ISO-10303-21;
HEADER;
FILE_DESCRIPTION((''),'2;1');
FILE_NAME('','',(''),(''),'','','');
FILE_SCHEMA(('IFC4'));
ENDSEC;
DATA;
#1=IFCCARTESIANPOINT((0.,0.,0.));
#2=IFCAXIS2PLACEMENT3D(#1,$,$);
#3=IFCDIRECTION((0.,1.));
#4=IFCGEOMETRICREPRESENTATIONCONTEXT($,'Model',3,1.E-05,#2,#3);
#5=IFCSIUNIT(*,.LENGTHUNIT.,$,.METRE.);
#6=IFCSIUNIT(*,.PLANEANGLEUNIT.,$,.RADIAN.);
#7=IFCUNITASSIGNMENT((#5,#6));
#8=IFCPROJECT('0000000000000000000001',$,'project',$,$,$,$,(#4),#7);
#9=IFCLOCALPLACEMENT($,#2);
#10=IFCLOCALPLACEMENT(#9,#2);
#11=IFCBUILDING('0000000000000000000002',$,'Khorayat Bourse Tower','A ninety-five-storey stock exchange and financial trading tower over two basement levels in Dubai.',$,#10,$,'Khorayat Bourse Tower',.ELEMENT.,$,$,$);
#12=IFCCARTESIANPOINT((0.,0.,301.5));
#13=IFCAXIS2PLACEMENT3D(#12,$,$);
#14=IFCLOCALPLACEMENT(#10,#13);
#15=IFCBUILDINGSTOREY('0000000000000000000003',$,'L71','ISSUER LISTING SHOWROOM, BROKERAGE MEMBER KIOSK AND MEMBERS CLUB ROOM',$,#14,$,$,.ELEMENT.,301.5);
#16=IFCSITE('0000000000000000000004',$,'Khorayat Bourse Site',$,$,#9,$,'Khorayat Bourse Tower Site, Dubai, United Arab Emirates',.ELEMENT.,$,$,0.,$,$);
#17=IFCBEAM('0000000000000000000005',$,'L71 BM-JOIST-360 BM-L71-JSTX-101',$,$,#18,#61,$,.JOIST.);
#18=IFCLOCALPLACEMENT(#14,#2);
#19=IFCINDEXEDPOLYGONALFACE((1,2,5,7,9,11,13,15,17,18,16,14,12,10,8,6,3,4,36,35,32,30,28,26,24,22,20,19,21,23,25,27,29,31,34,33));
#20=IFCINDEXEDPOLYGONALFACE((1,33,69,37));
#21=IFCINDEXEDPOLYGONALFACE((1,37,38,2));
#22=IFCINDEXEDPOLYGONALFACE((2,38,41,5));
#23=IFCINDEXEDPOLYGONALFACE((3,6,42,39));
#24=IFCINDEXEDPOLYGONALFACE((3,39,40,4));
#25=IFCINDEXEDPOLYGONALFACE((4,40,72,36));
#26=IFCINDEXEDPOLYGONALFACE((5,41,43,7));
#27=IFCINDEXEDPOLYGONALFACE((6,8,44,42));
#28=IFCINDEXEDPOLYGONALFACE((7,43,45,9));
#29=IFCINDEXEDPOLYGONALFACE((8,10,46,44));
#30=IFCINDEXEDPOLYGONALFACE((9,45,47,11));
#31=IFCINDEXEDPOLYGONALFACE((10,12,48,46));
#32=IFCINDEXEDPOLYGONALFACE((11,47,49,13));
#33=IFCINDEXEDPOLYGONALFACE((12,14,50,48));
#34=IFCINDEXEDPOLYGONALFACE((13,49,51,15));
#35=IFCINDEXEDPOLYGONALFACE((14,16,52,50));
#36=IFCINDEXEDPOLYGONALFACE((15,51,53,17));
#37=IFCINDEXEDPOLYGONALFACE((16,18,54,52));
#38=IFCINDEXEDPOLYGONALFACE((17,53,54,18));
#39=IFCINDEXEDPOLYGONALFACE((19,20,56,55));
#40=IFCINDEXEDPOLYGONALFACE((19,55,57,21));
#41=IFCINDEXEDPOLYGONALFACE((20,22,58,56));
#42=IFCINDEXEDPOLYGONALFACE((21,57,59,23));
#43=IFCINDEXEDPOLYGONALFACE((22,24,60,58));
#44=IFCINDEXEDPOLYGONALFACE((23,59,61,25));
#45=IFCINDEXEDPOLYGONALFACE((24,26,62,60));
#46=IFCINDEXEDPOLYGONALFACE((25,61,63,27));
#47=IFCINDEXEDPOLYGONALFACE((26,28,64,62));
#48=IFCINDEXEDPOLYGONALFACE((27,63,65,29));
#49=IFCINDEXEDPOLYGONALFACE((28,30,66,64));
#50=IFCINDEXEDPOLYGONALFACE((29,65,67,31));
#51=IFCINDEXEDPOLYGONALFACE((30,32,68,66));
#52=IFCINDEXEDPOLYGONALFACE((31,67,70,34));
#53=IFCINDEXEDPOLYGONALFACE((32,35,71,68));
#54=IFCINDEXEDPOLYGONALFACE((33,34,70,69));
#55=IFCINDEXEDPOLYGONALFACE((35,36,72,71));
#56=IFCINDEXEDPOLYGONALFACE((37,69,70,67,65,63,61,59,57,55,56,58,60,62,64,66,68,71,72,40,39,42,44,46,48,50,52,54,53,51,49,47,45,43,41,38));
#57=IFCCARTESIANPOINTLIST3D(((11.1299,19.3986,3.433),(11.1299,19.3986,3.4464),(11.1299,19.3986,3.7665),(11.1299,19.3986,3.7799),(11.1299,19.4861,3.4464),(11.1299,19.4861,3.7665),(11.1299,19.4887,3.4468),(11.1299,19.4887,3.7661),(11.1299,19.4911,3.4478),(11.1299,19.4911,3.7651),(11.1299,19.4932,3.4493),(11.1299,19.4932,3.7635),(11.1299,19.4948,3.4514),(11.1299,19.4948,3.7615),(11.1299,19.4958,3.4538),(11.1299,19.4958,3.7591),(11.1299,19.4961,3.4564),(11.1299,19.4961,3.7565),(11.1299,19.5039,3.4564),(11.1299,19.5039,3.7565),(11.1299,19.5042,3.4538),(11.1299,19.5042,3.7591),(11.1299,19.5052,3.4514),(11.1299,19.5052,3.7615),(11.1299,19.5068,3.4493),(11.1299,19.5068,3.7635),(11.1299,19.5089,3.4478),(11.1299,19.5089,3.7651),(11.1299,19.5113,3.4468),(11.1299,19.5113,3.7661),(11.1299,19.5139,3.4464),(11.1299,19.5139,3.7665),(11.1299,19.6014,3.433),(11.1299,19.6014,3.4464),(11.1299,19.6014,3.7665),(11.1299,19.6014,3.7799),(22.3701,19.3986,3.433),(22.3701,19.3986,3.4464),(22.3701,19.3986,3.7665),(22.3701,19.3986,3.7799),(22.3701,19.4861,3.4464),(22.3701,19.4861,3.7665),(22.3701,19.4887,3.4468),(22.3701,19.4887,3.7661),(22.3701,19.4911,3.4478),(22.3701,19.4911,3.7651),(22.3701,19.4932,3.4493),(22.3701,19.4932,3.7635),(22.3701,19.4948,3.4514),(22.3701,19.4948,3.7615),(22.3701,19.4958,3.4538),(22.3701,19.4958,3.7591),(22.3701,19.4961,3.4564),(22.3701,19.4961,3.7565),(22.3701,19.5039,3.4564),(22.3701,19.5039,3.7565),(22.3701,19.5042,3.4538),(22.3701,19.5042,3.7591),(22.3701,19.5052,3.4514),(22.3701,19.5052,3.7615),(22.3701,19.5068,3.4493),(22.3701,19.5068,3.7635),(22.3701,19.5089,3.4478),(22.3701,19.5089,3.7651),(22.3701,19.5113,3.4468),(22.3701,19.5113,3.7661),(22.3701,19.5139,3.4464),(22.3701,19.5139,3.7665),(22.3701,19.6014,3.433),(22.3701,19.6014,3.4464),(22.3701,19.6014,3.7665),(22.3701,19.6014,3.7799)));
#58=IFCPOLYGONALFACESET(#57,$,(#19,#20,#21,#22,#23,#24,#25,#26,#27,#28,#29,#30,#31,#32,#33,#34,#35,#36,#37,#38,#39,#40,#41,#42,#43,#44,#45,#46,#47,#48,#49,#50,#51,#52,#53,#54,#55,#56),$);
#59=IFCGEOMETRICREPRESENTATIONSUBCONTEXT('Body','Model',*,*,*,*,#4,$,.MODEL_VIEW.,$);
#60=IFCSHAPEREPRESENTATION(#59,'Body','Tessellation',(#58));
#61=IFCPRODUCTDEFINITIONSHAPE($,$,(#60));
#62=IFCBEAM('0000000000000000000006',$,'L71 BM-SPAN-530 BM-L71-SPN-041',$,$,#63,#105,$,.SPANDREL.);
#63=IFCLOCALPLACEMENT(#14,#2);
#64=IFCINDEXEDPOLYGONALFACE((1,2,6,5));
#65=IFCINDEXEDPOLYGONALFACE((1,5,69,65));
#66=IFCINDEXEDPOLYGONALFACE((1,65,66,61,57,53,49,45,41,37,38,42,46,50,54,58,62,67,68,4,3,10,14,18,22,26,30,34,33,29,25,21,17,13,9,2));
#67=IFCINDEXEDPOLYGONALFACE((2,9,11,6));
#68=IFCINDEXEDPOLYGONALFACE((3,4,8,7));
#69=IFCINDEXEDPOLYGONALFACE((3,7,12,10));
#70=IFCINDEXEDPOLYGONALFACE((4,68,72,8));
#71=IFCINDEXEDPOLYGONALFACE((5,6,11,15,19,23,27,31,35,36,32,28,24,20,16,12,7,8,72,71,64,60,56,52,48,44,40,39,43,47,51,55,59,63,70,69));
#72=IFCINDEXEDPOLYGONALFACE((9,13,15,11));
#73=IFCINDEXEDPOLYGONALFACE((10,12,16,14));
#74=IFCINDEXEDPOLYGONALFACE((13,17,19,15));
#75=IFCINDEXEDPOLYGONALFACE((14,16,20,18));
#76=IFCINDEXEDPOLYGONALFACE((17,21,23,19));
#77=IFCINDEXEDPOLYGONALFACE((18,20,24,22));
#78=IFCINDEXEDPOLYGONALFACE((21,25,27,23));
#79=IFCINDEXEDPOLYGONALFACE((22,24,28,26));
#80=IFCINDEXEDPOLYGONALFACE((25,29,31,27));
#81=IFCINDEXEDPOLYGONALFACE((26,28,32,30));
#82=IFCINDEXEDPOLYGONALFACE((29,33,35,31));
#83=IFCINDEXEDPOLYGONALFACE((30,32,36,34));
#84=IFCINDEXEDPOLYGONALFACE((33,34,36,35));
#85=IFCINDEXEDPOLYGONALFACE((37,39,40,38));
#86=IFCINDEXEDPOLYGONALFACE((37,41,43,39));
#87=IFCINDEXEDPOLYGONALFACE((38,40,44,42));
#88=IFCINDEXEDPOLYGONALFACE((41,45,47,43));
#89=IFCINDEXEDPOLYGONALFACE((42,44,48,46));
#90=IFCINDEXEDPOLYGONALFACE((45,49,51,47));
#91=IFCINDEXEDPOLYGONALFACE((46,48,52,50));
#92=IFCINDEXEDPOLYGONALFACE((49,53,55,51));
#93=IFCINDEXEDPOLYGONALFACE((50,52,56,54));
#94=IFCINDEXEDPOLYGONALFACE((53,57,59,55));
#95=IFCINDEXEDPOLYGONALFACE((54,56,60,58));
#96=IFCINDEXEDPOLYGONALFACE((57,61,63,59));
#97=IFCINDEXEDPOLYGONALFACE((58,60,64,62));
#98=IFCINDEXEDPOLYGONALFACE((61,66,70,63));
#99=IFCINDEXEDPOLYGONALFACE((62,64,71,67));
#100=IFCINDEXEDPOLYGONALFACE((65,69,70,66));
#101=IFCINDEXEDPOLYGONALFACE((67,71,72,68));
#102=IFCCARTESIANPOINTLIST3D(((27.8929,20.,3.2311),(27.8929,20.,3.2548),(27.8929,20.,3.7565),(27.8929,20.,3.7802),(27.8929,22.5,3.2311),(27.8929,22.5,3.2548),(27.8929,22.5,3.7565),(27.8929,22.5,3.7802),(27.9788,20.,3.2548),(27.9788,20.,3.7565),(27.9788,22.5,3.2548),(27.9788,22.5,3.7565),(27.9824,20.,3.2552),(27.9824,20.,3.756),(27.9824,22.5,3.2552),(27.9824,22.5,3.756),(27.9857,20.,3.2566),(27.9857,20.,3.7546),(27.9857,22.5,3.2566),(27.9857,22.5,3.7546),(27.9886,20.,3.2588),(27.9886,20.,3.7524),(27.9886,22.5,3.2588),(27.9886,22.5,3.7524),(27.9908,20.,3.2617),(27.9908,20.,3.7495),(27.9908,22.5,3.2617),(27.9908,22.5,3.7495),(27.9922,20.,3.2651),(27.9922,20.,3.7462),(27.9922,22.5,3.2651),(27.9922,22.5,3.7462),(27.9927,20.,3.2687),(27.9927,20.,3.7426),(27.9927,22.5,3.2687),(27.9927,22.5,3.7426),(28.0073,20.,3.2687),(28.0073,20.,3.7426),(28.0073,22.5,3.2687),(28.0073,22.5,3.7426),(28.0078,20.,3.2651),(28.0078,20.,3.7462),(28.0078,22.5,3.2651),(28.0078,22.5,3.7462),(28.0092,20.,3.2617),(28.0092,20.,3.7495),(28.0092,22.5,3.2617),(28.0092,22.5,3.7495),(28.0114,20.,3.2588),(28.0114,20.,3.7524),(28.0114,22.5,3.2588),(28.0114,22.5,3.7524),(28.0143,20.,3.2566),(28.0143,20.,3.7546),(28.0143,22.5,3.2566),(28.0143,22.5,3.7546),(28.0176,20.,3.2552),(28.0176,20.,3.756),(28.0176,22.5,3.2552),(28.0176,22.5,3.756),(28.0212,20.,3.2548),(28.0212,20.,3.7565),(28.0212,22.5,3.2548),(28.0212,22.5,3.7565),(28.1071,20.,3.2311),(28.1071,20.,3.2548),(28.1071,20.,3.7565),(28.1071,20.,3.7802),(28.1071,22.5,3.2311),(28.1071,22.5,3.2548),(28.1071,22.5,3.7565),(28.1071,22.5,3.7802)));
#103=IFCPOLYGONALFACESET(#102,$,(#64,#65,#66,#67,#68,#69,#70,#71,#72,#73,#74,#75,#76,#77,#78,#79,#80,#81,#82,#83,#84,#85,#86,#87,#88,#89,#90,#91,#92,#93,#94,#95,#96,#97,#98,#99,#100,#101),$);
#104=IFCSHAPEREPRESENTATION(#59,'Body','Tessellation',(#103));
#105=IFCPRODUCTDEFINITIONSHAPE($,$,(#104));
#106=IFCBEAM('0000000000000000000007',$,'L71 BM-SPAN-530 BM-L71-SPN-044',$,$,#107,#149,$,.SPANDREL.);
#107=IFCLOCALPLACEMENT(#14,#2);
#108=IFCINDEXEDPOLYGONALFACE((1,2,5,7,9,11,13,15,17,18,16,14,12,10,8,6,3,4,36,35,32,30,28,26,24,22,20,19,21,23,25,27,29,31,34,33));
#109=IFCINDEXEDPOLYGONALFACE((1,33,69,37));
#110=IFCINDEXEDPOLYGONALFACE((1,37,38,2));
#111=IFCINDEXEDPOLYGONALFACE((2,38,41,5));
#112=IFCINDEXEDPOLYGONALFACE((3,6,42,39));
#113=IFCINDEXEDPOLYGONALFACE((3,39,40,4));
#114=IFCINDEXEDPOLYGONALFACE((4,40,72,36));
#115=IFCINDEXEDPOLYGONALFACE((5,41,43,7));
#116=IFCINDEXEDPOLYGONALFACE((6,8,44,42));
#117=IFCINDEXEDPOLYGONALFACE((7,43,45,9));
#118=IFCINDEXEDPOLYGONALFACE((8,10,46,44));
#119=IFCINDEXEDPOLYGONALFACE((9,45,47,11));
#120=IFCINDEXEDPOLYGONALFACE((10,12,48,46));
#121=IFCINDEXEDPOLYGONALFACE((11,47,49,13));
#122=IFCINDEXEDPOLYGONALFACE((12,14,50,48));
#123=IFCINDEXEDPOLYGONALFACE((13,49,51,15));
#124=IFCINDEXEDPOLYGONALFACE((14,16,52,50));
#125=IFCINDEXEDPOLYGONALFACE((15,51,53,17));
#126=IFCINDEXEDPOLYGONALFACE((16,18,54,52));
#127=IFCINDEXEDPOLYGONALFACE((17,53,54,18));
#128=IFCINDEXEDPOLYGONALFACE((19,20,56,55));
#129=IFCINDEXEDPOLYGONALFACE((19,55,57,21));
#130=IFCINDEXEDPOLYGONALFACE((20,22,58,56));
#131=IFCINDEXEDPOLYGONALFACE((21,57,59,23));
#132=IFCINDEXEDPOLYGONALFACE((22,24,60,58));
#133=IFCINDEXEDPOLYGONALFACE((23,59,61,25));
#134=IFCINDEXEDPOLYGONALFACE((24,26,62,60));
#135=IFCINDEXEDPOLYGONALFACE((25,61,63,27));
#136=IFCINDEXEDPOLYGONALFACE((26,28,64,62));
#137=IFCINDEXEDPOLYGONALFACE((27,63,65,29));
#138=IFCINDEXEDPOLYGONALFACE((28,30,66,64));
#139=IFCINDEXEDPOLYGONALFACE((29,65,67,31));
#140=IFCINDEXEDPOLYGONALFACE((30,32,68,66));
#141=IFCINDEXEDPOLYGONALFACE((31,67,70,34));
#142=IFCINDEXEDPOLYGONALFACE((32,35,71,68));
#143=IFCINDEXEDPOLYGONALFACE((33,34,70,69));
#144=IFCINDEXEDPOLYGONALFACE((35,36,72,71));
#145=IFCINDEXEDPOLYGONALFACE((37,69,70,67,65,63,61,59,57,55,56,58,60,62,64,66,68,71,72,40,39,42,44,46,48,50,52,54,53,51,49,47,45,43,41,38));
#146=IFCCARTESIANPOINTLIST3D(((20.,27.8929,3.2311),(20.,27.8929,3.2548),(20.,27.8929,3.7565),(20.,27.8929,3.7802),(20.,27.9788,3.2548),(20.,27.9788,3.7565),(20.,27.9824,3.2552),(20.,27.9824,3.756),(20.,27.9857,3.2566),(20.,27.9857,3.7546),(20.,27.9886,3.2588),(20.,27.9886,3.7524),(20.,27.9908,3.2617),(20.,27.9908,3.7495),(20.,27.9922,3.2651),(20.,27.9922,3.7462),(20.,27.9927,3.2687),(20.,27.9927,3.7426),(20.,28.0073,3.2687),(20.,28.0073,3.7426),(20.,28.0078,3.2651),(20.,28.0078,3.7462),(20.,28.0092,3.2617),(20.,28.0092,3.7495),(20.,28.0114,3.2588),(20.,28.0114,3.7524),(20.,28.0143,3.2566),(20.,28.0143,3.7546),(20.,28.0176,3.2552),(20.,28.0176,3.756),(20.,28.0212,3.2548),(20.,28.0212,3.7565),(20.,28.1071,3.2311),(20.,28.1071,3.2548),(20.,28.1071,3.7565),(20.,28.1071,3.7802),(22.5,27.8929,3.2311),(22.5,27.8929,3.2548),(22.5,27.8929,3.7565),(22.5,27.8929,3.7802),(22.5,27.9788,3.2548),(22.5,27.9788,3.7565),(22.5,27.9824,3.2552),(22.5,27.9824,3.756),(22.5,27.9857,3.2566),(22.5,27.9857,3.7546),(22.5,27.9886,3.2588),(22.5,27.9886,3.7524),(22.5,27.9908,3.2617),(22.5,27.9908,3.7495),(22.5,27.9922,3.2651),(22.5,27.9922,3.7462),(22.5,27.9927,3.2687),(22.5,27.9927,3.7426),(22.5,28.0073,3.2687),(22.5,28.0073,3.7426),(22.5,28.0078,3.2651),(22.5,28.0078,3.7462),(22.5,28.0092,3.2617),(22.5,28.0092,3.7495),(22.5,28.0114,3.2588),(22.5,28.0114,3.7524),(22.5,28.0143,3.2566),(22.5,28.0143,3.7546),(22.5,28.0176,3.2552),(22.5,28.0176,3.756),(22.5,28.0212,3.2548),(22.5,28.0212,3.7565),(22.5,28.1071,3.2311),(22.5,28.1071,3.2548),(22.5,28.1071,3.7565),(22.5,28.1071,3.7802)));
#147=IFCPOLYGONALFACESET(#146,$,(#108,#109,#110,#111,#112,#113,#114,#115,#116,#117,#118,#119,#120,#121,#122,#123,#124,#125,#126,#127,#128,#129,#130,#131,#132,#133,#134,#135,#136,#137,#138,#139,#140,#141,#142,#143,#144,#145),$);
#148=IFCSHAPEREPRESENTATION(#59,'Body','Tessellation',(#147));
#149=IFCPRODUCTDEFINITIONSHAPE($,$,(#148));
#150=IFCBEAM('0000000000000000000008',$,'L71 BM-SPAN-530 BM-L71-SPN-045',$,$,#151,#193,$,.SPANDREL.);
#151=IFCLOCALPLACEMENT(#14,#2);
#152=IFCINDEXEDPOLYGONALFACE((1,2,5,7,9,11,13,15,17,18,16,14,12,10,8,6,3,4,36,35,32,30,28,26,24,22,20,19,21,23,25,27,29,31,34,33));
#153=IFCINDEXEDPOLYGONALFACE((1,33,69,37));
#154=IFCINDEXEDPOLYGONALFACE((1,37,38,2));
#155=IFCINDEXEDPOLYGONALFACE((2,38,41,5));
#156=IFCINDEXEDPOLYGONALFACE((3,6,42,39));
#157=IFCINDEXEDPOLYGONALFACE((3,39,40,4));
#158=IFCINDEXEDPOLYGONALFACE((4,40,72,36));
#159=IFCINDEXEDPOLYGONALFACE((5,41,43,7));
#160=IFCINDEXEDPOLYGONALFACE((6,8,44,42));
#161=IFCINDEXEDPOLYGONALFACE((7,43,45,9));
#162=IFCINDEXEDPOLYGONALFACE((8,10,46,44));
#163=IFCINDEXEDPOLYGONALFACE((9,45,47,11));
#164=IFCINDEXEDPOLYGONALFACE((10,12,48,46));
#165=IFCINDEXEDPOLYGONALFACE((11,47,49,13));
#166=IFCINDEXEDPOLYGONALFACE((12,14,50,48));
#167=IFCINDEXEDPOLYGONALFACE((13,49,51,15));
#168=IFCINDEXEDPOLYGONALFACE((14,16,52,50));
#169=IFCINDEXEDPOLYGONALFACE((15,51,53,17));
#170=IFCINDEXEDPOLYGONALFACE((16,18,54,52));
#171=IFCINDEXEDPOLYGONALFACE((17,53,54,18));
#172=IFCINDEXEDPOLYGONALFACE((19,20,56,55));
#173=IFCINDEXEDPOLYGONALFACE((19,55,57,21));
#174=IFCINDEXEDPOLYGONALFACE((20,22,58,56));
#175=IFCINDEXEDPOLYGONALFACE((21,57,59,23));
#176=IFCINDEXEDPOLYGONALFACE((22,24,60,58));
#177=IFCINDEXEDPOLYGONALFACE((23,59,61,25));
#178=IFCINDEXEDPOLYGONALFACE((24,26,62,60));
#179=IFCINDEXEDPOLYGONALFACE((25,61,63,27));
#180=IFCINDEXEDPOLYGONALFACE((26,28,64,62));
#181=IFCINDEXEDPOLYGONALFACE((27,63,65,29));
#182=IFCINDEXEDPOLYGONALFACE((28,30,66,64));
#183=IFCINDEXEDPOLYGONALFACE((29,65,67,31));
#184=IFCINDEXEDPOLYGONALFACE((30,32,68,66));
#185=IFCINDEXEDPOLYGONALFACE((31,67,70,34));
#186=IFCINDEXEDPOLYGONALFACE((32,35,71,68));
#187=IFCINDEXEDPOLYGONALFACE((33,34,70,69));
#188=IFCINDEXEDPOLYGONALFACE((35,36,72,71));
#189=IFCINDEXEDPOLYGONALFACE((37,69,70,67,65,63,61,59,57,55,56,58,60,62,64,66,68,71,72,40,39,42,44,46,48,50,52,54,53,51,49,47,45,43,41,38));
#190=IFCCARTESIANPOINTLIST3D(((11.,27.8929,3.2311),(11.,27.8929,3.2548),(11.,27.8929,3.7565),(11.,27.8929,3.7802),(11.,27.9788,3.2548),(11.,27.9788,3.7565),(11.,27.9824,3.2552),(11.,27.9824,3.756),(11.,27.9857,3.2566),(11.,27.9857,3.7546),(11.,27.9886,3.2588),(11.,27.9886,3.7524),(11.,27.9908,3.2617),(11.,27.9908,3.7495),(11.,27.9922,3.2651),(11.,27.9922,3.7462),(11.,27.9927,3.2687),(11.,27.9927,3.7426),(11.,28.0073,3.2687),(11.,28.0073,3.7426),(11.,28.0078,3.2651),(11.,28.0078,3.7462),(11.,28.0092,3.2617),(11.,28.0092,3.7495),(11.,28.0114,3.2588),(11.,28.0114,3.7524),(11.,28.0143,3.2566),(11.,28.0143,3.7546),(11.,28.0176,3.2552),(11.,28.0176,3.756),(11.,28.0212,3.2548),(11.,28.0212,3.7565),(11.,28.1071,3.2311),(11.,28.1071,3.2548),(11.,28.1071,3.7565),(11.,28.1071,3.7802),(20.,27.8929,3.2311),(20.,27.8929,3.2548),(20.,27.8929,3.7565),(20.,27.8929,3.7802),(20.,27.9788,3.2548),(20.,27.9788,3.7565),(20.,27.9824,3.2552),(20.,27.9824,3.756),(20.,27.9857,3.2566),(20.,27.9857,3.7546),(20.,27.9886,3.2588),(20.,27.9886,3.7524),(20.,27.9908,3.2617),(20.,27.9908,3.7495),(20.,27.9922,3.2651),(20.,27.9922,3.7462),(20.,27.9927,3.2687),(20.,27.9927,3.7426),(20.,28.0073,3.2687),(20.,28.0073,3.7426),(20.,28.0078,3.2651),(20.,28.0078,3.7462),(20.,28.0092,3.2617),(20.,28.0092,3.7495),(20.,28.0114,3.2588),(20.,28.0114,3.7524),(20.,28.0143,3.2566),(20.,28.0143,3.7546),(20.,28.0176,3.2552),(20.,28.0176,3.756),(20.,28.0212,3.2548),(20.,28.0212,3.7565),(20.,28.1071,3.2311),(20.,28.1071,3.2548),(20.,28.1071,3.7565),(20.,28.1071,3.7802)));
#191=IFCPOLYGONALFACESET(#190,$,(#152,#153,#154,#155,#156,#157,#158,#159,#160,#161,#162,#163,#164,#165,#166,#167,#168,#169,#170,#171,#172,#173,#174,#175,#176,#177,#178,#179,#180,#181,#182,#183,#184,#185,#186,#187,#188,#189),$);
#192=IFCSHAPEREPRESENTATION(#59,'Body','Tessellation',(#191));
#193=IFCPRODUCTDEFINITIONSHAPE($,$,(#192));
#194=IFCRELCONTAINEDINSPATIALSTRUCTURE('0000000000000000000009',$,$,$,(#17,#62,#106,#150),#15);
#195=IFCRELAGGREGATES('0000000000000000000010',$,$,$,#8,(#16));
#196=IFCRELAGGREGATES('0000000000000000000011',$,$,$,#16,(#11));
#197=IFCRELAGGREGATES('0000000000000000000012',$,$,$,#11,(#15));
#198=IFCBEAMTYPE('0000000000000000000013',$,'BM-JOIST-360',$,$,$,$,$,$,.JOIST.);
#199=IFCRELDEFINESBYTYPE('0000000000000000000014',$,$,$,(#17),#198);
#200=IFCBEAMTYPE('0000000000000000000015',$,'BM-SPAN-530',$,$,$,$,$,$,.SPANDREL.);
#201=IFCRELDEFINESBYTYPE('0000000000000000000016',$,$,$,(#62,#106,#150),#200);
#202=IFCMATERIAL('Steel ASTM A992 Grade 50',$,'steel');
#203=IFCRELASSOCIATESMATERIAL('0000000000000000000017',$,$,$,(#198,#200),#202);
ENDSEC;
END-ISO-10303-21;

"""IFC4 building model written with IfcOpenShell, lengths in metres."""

from ifc_helpers import new_model, si_unit, direction, frame, origin, origin_2d, place, context, subcontext, project, spatial, i_section, extrude, source, transform, mapped, material, material_profile, profile_set, type_object, element, save


model = new_model("IFC4")

# Units and contexts
model_context = context("Model", 3, precision=1e-05, world=origin(), true_north=direction((0.0, 1.0)))
body_context = subcontext(model_context, "Body", "Model", "MODEL_VIEW")
ifc_project = project(units=[si_unit("LENGTHUNIT", "METRE"), si_unit("PLANEANGLEUNIT", "RADIAN")], contexts=[model_context])

# Site, building, storey
site_placement = place(None, origin())
site = spatial("IfcSite", under=ifc_project, at=site_placement, Name="Khorayat Bourse Site", LongName="Khorayat Bourse Tower Site, Dubai, United Arab Emirates", CompositionType="ELEMENT", RefElevation=0.0)
building_placement = place(site_placement, origin())
building = spatial("IfcBuilding", under=site, at=building_placement, Name="Khorayat Bourse Tower", Description="A ninety-five-storey stock exchange and financial trading tower over two basement levels in Dubai.", LongName="Khorayat Bourse Tower", CompositionType="ELEMENT")
storey_placement = place(building_placement, frame((0.0, 0.0, 301.5)))
storey = spatial("IfcBuildingStorey", under=building, at=storey_placement, Name="L71", Description="ISSUER LISTING SHOWROOM, BROKERAGE MEMBER KIOSK AND MEMBERS CLUB ROOM", CompositionType="ELEMENT", Elevation=301.5)

# Beams
ifc_material_1 = material(Name="Steel ASTM A992 Grade 50", Category="steel")
ifc_material_profile_1 = material_profile(ifc_material_1, i_section(OverallWidth=0.2029, OverallDepth=0.3469, WebThickness=0.0078, FlangeThickness=0.0134, FilletRadius=0.01, at=origin_2d()), Name="W360X64")
ifc_profile_set_1 = profile_set([ifc_material_profile_1], Name="Steel ASTM A992 Grade 50")
beam_type_1 = type_object("IfcBeamType", Name="BM-JOIST-360", PredefinedType="JOIST", material=ifc_profile_set_1)
shared_shape_1 = source(origin(), body_context, "Body", "SweptSolid", [
    extrude(i_section(OverallWidth=0.2029, OverallDepth=0.3469, WebThickness=0.0078, FlangeThickness=0.0134, FilletRadius=0.01, at=origin_2d()), origin(), (0.0, 0.0, 1.0), 11.2402),
])
beam_1_placement = place(storey_placement, frame((11.1299, 19.5, 3.6064), z_axis=(1.0, 0.0, 0.0), x_axis=(0.0, 1.0, 0.0)))
element("IfcBeam", 1, at=beam_1_placement, inside=storey, type_object=beam_type_1, Name="L71 BM-JOIST-360 BM-L71-JSTX-101", PredefinedType="JOIST", context=body_context, shape_type="MappedRepresentation", body=[
    mapped(shared_shape_1, transform((0.0, 0.0, 0.0), scale=1.0)),
])
ifc_material_profile_2 = material_profile(ifc_material_1, i_section(OverallWidth=0.2141, OverallDepth=0.5491, WebThickness=0.0146, FlangeThickness=0.0237, FilletRadius=0.0139, at=origin_2d()), Name="W530X138")
ifc_profile_set_2 = profile_set([ifc_material_profile_2], Name="Steel ASTM A992 Grade 50")
beam_type_2 = type_object("IfcBeamType", Name="BM-SPAN-530", PredefinedType="SPANDREL", material=ifc_profile_set_2)
shared_shape_2 = source(origin(), body_context, "Body", "SweptSolid", [
    extrude(i_section(OverallWidth=0.2141, OverallDepth=0.5491, WebThickness=0.0146, FlangeThickness=0.0237, FilletRadius=0.0139, at=origin_2d()), origin(), (0.0, 0.0, 1.0), 2.5),
])
for number, where, z_axis, x_axis, name in (
    (2, (28.0, 20.0, 3.5056), (0.0, 1.0, 0.0), (-1.0, 0.0, 0.0), "L71 BM-SPAN-530 BM-L71-SPN-041"),
    (3, (20.0, 28.0, 3.5056), (1.0, 0.0, 0.0), (0.0, 1.0, 0.0), "L71 BM-SPAN-530 BM-L71-SPN-044"),
):
    element("IfcBeam", number, at=place(storey_placement, frame(where, z_axis=z_axis, x_axis=x_axis)), inside=storey, type_object=beam_type_2, Name=name, PredefinedType="SPANDREL", context=body_context, shape_type="MappedRepresentation", body=[
        mapped(shared_shape_2, transform((0.0, 0.0, 0.0), scale=1.0)),
    ])
shared_shape_3 = source(origin(), body_context, "Body", "SweptSolid", [
    extrude(i_section(OverallWidth=0.2141, OverallDepth=0.5491, WebThickness=0.0146, FlangeThickness=0.0237, FilletRadius=0.0139, at=origin_2d()), origin(), (0.0, 0.0, 1.0), 9.0),
])
beam_2_placement = place(storey_placement, frame((11.0, 28.0, 3.5056), z_axis=(1.0, 0.0, 0.0), x_axis=(0.0, 1.0, 0.0)))
element("IfcBeam", 4, at=beam_2_placement, inside=storey, type_object=beam_type_2, Name="L71 BM-SPAN-530 BM-L71-SPN-045", PredefinedType="SPANDREL", context=body_context, shape_type="MappedRepresentation", body=[
    mapped(shared_shape_3, transform((0.0, 0.0, 0.0), scale=1.0)),
])

save(model, "model.ifc")
